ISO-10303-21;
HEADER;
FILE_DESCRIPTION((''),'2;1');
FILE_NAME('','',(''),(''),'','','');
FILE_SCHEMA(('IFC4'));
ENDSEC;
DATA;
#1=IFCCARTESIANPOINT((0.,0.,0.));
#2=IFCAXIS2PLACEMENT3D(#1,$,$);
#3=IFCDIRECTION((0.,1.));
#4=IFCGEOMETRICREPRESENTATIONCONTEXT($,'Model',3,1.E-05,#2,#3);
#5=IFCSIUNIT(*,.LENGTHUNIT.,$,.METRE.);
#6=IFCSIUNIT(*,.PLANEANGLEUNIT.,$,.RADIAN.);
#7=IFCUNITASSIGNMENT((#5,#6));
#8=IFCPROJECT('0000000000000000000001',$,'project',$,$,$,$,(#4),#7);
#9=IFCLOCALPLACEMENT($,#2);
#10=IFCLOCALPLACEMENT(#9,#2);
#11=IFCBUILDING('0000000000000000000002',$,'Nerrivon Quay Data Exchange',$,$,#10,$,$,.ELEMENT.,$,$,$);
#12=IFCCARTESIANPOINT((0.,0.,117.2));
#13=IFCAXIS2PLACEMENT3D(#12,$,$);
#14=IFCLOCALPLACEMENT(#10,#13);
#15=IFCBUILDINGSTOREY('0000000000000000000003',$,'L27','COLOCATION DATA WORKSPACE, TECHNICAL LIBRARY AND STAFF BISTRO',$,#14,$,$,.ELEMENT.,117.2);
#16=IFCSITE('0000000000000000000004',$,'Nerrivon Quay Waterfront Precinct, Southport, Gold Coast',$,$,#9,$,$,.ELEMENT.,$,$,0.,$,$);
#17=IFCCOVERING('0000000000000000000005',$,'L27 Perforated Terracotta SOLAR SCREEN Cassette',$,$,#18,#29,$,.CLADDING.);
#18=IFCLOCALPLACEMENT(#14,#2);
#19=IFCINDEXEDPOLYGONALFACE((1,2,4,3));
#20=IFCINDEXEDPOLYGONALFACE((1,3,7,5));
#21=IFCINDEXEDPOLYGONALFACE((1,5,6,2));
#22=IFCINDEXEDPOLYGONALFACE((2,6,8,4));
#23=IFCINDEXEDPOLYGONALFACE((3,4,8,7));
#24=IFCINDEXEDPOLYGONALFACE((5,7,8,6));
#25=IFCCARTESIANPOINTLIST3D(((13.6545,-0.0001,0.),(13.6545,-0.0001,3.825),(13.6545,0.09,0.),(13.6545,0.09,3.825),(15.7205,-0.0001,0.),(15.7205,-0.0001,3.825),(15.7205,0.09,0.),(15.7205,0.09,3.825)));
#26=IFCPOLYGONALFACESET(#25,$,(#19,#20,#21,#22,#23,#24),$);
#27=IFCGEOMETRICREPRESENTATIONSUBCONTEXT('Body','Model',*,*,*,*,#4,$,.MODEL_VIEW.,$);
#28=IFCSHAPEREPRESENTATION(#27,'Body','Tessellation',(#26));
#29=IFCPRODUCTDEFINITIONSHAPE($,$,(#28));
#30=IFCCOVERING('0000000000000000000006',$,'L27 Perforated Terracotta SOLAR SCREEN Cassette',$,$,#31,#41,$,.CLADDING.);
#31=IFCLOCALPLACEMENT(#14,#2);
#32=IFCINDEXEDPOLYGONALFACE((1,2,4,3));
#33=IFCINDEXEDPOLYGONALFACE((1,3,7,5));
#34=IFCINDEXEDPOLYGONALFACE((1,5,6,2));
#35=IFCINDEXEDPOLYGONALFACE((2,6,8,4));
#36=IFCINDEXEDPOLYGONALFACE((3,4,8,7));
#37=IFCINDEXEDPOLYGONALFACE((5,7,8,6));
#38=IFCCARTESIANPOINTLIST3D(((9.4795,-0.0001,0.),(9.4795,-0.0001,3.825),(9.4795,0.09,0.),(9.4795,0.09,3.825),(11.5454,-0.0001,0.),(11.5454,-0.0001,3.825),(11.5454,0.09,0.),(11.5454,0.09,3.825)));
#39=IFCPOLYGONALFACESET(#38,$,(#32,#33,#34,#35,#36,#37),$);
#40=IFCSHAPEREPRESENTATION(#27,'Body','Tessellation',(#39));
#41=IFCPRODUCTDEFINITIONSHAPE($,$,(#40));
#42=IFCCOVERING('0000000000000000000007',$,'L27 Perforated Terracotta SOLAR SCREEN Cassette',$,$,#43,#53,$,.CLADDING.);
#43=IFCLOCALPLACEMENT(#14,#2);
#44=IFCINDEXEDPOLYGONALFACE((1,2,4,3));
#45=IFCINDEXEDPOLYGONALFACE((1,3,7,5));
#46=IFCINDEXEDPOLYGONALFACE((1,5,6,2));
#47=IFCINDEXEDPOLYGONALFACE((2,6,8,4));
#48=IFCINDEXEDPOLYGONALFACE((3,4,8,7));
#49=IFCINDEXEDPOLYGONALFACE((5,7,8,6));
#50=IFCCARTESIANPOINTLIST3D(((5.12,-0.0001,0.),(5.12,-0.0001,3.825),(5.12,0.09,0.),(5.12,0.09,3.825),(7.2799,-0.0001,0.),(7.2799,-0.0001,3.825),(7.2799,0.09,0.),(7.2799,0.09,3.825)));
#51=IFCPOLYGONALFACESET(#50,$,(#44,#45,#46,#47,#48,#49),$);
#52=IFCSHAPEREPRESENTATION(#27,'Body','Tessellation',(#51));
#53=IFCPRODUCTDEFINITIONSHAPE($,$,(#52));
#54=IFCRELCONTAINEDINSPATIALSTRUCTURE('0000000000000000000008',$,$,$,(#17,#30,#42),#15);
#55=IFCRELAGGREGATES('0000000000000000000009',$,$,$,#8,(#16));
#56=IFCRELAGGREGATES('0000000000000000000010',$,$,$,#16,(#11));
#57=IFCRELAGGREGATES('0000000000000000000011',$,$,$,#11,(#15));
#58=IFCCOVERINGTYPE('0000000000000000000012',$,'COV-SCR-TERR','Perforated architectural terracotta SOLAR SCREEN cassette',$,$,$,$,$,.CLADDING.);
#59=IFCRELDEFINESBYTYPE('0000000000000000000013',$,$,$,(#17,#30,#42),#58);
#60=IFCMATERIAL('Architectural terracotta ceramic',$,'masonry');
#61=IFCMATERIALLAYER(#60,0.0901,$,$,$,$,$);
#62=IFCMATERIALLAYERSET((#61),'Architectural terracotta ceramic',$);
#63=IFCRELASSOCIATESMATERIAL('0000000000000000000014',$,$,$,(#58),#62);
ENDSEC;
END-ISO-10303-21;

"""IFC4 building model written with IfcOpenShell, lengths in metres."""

from ifc_helpers import new_model, si_unit, direction, frame, origin, origin_2d, place, context, subcontext, project, spatial, rectangle, extrude, material, layer, layer_set, type_object, element, save


model = new_model("IFC4")

# Units and contexts
model_context = context("Model", 3, precision=1e-05, world=origin(), true_north=direction((0.0, 1.0)))
body_context = subcontext(model_context, "Body", "Model", "MODEL_VIEW")
ifc_project = project(units=[si_unit("LENGTHUNIT", "METRE"), si_unit("PLANEANGLEUNIT", "RADIAN")], contexts=[model_context])

# Site, building, storey
site_placement = place(None, origin())
site = spatial("IfcSite", under=ifc_project, at=site_placement, Name="Nerrivon Quay Waterfront Precinct, Southport, Gold Coast", CompositionType="ELEMENT", RefElevation=0.0)
building_placement = place(site_placement, origin())
building = spatial("IfcBuilding", under=site, at=building_placement, Name="Nerrivon Quay Data Exchange", CompositionType="ELEMENT")
storey_placement = place(building_placement, frame((0.0, 0.0, 117.2)))
storey = spatial("IfcBuildingStorey", under=building, at=storey_placement, Name="L27", Description="COLOCATION DATA WORKSPACE, TECHNICAL LIBRARY AND STAFF BISTRO", CompositionType="ELEMENT", Elevation=117.2)

# Coverings
ifc_material_1 = material(Name="Architectural terracotta ceramic", Category="masonry")
ifc_layer_1 = layer(ifc_material_1, 0.0901)
ifc_layer_set_1 = layer_set([ifc_layer_1], Name="Architectural terracotta ceramic")
covering_type = type_object("IfcCoveringType", Name="COV-SCR-TERR", Description="Perforated architectural terracotta SOLAR SCREEN cassette", PredefinedType="CLADDING", material=ifc_layer_set_1)
for number, where, z_axis, x_axis, name in (
    (1, (14.6875, 0.0449, 0.0), (0.0, 0.0, 1.0), (-1.0, 0.0, 0.0), "L27 Perforated Terracotta SOLAR SCREEN Cassette"),
    (2, (10.5125, 0.0449, 0.0), (0.0, 0.0, 1.0), (-1.0, 0.0, 0.0), "L27 Perforated Terracotta SOLAR SCREEN Cassette"),
):
    element("IfcCovering", number, at=place(storey_placement, frame(where, z_axis=z_axis, x_axis=x_axis)), inside=storey, type_object=covering_type, Name=name, PredefinedType="CLADDING", context=body_context, shape_type="SweptSolid", body=[
        extrude(rectangle(XDim=2.0659, YDim=0.0901, at=origin_2d()), origin(), (0.0, 0.0, 1.0), 3.825),
    ])
covering_placement = place(storey_placement, frame((6.2, 0.0449, 0.0), z_axis=(0.0, 0.0, 1.0), x_axis=(-1.0, 0.0, 0.0)))
element("IfcCovering", 3, at=covering_placement, inside=storey, type_object=covering_type, Name="L27 Perforated Terracotta SOLAR SCREEN Cassette", PredefinedType="CLADDING", context=body_context, shape_type="SweptSolid", body=[
    extrude(rectangle(XDim=2.1599, YDim=0.0901, at=origin_2d()), origin(), (0.0, 0.0, 1.0), 3.825),
])

save(model, "model.ifc")
